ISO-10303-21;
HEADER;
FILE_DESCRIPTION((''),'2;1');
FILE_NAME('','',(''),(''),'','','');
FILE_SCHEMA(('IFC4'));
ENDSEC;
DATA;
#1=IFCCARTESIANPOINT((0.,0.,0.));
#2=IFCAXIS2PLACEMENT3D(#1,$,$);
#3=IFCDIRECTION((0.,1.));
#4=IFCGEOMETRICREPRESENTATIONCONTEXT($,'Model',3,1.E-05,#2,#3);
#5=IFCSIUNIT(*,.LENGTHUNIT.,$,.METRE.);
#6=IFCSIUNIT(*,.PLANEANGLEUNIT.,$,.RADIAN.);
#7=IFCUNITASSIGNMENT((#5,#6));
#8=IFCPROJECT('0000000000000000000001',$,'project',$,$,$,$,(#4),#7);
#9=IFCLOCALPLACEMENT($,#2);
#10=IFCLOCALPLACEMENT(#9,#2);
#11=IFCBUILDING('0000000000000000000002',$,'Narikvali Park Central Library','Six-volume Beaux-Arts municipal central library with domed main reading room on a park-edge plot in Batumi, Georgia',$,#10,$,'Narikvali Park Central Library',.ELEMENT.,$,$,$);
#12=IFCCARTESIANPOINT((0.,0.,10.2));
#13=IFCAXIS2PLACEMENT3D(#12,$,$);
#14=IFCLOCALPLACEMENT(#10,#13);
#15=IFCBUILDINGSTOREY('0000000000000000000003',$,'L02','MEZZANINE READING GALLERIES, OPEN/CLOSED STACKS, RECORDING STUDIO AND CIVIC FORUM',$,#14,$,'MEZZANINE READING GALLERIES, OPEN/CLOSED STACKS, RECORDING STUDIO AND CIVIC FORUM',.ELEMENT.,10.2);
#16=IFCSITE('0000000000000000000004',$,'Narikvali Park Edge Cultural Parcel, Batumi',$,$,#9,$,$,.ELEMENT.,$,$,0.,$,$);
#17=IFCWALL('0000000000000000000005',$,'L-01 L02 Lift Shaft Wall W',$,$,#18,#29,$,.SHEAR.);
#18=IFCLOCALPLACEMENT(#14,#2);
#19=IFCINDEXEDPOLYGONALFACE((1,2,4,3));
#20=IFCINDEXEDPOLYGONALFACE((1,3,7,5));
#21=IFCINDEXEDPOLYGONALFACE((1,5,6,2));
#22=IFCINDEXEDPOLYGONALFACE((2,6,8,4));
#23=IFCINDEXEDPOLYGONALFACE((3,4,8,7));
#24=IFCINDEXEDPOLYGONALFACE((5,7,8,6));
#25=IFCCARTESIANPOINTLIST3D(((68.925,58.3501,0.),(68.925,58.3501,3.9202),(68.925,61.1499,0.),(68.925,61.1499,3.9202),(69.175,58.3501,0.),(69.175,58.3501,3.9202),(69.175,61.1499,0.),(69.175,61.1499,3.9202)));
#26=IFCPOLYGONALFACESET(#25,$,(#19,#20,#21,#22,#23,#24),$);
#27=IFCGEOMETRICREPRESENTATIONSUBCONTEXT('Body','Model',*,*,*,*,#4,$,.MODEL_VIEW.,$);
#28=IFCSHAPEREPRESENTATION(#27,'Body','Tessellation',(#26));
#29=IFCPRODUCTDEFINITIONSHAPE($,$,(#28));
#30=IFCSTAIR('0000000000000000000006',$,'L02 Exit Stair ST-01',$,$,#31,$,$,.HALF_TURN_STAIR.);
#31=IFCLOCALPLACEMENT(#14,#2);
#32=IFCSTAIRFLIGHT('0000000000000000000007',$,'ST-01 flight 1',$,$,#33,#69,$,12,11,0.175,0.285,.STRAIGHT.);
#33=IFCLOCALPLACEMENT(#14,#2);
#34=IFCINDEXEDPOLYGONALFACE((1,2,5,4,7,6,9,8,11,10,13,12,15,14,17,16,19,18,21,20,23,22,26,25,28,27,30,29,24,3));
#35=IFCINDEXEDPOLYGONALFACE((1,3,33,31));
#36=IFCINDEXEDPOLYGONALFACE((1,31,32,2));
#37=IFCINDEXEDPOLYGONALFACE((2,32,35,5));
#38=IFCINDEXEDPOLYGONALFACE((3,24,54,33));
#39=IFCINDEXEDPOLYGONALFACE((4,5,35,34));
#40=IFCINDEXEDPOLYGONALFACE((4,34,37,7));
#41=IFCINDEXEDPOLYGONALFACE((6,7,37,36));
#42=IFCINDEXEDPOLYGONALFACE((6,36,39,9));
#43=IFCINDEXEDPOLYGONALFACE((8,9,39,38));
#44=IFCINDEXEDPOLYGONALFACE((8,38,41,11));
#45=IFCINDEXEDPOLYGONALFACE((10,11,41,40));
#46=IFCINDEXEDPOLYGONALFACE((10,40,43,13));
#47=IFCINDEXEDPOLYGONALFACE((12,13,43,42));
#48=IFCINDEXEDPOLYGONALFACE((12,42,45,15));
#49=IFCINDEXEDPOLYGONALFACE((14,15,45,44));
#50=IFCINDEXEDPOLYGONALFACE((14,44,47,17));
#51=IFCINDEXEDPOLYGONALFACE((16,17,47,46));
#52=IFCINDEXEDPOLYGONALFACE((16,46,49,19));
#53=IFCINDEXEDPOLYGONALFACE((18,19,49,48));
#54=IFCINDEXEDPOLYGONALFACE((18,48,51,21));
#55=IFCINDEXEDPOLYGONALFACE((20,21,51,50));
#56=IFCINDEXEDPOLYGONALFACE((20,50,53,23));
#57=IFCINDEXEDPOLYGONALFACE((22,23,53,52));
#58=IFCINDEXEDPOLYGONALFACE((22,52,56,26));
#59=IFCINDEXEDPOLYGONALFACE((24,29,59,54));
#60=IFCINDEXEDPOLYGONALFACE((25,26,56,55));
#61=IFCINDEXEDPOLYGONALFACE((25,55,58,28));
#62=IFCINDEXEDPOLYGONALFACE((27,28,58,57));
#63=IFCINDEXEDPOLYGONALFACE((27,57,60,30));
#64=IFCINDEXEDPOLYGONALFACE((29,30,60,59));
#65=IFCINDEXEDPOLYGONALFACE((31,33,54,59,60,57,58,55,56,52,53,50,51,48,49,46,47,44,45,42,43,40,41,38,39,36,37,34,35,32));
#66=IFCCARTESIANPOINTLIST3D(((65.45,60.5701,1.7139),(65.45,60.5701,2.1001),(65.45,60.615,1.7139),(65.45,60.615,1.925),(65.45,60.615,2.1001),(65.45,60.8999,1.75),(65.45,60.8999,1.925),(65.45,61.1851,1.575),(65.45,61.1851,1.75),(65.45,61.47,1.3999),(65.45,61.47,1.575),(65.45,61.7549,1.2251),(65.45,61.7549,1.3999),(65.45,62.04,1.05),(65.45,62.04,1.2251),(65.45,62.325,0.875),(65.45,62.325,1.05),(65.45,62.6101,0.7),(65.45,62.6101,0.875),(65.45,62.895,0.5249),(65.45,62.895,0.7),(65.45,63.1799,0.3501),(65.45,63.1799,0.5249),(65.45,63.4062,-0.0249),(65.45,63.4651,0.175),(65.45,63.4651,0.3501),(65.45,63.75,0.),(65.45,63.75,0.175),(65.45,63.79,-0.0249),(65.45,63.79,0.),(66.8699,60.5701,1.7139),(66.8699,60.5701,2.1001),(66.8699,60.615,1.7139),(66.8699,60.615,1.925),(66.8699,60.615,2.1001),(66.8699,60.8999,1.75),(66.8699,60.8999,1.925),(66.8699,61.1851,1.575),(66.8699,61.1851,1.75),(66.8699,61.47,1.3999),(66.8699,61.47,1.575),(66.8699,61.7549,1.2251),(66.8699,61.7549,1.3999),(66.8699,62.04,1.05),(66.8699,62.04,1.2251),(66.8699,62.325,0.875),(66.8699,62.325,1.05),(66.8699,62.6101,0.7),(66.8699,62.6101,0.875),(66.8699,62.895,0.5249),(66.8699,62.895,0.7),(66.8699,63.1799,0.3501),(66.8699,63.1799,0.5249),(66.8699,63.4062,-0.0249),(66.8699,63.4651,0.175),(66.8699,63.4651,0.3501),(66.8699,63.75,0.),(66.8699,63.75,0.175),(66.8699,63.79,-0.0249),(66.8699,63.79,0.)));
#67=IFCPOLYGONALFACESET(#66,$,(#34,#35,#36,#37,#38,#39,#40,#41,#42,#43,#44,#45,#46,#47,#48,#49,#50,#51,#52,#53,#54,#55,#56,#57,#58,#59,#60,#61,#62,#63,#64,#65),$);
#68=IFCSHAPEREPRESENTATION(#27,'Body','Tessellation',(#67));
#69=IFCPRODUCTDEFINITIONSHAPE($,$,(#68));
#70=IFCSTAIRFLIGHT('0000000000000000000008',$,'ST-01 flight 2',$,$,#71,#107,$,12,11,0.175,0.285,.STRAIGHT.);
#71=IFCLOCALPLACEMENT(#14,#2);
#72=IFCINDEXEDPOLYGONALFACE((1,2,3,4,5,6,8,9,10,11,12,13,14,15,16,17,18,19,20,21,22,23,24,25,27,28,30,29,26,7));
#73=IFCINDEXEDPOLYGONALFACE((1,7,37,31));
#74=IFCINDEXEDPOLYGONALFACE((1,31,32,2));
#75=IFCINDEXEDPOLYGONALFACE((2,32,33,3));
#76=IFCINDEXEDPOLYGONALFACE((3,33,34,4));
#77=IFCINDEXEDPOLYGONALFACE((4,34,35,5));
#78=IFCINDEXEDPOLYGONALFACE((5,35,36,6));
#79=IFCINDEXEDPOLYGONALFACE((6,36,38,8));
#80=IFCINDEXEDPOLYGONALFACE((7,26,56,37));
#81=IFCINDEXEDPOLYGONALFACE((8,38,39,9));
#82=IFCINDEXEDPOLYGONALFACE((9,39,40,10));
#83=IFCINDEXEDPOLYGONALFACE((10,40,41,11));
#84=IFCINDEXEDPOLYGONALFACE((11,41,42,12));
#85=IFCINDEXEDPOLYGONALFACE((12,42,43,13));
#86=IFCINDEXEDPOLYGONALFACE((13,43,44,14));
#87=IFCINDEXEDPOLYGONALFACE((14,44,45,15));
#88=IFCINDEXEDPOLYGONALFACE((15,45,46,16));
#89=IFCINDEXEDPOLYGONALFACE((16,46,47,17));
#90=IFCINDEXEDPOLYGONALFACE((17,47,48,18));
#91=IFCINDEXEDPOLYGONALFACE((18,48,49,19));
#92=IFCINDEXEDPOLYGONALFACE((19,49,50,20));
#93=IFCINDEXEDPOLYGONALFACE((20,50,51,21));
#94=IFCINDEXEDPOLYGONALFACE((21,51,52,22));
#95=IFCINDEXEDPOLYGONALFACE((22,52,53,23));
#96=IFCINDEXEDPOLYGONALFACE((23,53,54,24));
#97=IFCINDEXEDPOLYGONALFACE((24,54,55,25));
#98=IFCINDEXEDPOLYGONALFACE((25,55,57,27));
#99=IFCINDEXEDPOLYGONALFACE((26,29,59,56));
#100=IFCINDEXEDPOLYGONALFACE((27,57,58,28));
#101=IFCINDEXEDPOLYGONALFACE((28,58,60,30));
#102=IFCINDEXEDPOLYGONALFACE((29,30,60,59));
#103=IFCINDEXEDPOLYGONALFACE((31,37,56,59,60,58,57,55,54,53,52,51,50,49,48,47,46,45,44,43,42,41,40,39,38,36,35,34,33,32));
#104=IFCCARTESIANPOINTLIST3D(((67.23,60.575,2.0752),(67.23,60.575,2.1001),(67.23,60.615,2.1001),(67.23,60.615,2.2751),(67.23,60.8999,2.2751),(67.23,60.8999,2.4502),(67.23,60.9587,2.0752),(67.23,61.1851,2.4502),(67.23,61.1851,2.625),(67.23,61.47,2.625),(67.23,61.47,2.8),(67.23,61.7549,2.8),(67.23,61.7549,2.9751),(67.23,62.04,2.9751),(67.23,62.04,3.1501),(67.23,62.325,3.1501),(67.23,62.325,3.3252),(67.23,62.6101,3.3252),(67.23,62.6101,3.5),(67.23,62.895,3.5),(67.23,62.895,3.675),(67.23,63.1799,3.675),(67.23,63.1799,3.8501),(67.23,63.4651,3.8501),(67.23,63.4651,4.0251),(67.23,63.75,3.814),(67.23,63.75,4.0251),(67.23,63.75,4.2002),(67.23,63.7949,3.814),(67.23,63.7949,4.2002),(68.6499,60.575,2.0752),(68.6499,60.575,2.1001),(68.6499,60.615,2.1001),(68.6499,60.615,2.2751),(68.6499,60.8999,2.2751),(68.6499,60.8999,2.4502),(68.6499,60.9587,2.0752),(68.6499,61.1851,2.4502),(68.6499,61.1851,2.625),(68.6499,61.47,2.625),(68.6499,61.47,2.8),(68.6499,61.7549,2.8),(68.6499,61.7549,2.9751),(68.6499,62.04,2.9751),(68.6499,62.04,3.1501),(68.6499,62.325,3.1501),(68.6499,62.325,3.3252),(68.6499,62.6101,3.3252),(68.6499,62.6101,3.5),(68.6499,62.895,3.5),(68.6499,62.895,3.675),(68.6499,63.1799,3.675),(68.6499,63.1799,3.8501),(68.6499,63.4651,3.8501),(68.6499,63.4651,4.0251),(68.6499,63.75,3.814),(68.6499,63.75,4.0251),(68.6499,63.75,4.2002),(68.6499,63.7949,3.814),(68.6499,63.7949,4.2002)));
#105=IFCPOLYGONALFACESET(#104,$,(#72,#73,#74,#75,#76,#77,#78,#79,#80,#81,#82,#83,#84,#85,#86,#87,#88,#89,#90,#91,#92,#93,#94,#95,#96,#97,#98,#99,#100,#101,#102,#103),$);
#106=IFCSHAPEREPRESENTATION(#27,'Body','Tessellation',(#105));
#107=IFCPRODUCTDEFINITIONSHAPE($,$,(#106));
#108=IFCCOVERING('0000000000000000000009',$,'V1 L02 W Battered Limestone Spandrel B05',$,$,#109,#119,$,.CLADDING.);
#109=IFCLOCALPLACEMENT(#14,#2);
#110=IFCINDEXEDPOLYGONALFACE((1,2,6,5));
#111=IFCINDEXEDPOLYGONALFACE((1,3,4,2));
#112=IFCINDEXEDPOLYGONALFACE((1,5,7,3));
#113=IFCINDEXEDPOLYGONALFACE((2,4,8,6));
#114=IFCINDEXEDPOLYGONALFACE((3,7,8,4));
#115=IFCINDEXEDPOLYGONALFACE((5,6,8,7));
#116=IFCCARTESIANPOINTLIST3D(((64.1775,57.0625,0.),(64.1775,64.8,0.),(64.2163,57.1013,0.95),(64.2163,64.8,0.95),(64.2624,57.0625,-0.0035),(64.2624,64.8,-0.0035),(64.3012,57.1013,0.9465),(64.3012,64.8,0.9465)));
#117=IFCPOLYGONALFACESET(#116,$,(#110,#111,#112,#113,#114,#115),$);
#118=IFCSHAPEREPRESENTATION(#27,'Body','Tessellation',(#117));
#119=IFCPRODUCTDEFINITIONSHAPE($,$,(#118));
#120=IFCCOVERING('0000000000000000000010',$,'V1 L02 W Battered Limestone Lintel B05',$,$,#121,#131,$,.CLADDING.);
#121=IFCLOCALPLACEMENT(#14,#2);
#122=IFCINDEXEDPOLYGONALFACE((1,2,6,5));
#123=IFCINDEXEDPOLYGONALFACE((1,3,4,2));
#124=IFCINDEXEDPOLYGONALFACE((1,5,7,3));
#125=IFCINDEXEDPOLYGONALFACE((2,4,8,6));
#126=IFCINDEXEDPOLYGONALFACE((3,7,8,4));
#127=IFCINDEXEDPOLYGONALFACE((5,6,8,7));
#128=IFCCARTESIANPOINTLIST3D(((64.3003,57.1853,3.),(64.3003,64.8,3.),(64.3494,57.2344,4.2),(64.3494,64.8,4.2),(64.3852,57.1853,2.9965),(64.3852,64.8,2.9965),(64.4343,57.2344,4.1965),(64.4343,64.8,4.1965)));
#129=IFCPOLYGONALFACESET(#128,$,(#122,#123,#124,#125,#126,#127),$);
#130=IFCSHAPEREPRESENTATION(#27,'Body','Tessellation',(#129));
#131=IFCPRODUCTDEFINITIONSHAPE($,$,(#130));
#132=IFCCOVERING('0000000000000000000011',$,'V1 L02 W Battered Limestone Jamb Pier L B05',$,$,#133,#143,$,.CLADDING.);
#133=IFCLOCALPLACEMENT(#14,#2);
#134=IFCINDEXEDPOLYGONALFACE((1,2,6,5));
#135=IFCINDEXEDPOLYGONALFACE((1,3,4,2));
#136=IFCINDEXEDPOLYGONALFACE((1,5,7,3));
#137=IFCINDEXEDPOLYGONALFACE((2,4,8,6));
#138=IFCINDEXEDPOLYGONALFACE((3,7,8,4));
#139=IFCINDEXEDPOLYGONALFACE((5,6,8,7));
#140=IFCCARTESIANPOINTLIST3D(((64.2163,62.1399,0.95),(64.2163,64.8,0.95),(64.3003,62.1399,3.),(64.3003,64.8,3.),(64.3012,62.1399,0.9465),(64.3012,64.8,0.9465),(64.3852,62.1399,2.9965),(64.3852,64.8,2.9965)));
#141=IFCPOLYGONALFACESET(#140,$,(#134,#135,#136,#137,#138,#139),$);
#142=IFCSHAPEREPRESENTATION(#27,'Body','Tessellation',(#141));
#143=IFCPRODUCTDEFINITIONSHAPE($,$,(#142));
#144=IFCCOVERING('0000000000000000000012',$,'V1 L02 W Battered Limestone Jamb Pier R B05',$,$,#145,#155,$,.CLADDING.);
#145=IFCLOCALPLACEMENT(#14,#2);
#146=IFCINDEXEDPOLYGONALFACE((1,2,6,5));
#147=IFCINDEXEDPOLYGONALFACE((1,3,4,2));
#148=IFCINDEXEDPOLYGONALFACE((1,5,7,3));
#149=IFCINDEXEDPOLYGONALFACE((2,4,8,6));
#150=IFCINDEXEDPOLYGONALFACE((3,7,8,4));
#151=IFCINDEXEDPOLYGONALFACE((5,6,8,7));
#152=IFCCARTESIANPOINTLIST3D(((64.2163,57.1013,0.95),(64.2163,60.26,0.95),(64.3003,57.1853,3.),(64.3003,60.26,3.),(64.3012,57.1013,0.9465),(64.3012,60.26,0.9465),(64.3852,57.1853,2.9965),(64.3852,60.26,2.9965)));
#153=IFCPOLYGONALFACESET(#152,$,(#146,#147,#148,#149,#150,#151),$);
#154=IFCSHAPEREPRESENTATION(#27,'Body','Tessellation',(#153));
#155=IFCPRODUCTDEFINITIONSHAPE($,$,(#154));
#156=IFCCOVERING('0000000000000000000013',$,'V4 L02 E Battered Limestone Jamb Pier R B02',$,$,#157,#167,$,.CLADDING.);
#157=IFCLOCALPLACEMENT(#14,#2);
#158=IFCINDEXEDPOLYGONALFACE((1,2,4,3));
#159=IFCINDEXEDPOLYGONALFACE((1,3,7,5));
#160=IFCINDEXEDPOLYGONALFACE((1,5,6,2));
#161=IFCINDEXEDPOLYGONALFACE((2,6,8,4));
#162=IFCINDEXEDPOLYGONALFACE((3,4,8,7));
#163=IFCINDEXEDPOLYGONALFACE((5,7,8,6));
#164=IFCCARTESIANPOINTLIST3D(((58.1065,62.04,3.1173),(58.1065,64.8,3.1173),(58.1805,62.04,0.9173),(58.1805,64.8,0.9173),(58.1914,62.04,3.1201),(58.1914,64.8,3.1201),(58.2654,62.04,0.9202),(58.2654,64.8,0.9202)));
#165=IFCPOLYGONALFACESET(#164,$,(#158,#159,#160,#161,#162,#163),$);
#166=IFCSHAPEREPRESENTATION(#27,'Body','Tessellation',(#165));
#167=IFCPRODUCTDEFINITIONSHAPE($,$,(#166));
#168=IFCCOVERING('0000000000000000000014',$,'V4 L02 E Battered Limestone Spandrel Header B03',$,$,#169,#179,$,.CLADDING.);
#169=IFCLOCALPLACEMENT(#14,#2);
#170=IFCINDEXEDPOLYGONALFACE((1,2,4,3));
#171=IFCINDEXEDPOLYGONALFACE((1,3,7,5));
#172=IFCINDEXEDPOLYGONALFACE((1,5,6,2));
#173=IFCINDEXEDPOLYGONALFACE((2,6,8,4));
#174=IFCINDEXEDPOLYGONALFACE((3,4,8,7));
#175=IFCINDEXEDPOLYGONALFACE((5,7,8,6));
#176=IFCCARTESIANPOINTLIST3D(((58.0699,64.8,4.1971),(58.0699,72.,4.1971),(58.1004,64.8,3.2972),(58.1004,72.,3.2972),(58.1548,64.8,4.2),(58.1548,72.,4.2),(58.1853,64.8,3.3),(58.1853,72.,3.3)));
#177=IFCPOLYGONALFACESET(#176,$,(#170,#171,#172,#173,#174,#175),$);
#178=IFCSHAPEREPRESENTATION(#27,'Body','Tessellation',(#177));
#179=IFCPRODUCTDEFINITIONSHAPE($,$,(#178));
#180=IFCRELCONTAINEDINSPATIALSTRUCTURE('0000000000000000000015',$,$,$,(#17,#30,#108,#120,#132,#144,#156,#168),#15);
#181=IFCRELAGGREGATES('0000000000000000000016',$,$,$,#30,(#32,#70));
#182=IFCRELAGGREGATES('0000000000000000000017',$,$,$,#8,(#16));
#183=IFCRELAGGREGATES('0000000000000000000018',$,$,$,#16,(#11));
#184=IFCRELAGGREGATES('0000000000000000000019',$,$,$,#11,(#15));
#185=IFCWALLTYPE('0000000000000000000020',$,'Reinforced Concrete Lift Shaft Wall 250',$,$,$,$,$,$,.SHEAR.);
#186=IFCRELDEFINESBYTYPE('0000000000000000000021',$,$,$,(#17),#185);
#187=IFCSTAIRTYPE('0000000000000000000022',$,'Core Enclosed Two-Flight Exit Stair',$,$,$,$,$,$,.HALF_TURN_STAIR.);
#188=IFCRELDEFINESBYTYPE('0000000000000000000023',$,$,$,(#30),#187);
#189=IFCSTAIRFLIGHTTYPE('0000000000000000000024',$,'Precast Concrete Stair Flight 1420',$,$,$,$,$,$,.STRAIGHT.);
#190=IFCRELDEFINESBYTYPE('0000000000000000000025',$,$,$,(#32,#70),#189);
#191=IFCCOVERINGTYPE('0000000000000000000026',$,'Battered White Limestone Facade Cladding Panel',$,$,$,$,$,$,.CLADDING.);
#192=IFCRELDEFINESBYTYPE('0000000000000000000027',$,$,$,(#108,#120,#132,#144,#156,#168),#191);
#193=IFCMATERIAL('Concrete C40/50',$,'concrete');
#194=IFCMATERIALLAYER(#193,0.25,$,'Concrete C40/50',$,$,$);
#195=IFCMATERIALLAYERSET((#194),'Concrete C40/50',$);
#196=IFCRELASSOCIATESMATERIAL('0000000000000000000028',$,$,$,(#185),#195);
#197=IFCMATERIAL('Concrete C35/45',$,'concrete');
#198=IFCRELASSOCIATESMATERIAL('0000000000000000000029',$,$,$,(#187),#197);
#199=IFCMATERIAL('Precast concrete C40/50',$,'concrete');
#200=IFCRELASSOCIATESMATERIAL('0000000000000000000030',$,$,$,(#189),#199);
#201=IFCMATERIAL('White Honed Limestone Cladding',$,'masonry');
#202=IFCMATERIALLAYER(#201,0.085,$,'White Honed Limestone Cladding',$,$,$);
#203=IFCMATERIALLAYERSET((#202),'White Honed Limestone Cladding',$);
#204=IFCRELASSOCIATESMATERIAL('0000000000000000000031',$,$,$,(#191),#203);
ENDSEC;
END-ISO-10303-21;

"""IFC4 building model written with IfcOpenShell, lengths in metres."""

from ifc_helpers import new_model, si_unit, direction, frame, frame_2d, origin, place, context, subcontext, project, spatial, polyline, rectangle, outline, extrude, material, layer, layer_set, type_object, element, aggregate, save


model = new_model("IFC4")

# Units and contexts
model_context = context("Model", 3, precision=1e-05, world=origin(), true_north=direction((0.0, 1.0)))
body_context = subcontext(model_context, "Body", "Model", "MODEL_VIEW")
ifc_project = project(units=[si_unit("LENGTHUNIT", "METRE"), si_unit("PLANEANGLEUNIT", "RADIAN")], contexts=[model_context])

# Site, building, storey
site_placement = place(None, origin())
site = spatial("IfcSite", under=ifc_project, at=site_placement, Name="Narikvali Park Edge Cultural Parcel, Batumi", CompositionType="ELEMENT", RefElevation=0.0)
building_placement = place(site_placement, origin())
building = spatial("IfcBuilding", under=site, at=building_placement, Name="Narikvali Park Central Library", Description="Six-volume Beaux-Arts municipal central library with domed main reading room on a park-edge plot in Batumi, Georgia", LongName="Narikvali Park Central Library", CompositionType="ELEMENT")
storey_placement = place(building_placement, frame((0.0, 0.0, 10.2)))
storey = spatial("IfcBuildingStorey", under=building, at=storey_placement, Name="L02", Description="MEZZANINE READING GALLERIES, OPEN/CLOSED STACKS, RECORDING STUDIO AND CIVIC FORUM", LongName="MEZZANINE READING GALLERIES, OPEN/CLOSED STACKS, RECORDING STUDIO AND CIVIC FORUM", CompositionType="ELEMENT", Elevation=10.2)

# Shared definitions
ifc_material_1 = material(Name="Concrete C40/50", Category="concrete")
ifc_layer_1 = layer(ifc_material_1, 0.25, Name="Concrete C40/50")
ifc_layer_set_1 = layer_set([ifc_layer_1], Name="Concrete C40/50")
wall_type = type_object("IfcWallType", Name="Reinforced Concrete Lift Shaft Wall 250", PredefinedType="SHEAR", material=ifc_layer_set_1)

# Wall
wall_1_placement = place(storey_placement, frame((69.05, 61.1499, 0.0), z_axis=(0.0, 0.0, 1.0), x_axis=(0.0, -1.0, 0.0)))
element("IfcWall", 1, at=wall_1_placement, inside=storey, type_object=wall_type, Name="L-01 L02 Lift Shaft Wall W", PredefinedType="SHEAR", context=body_context, shape_type="SweptSolid", body=[
    extrude(rectangle(XDim=2.7998, YDim=0.25, at=frame_2d((1.3999, 0.0))), origin(), (0.0, 0.0, 1.0), 3.9202),
])

# Stair, stair flights
ifc_material_2 = material(Name="Concrete C35/45", Category="concrete")
stair_type = type_object("IfcStairType", Name="Core Enclosed Two-Flight Exit Stair", PredefinedType="HALF_TURN_STAIR", material=ifc_material_2)
stair_placement = place(storey_placement, origin())
stair = element("IfcStair", 2, at=stair_placement, inside=storey, type_object=stair_type, Name="L02 Exit Stair ST-01", PredefinedType="HALF_TURN_STAIR")
ifc_material_3 = material(Name="Precast concrete C40/50", Category="concrete")
stair_flight_type = type_object("IfcStairFlightType", Name="Precast Concrete Stair Flight 1420", PredefinedType="STRAIGHT", material=ifc_material_3)
stair_flight_1_placement = place(storey_placement, frame((66.1599, 63.75, 0.0), z_axis=(0.0, 0.0, 1.0), x_axis=(0.0, -1.0, 0.0)))
stair_flight_1 = element("IfcStairFlight", 3, at=stair_flight_1_placement, type_object=stair_flight_type, Name="ST-01 flight 1", NumberOfRisers=12, NumberOfTreads=11, PredefinedType="STRAIGHT", RiserHeight=0.175, TreadLength=0.285, context=body_context, shape_type="SweptSolid", body=[
    extrude(outline(polyline([(-0.04, -0.0249), (-0.04, 0.0), (0.0, 0.0), (0.0, 0.175), (0.2849, 0.175), (0.2849, 0.3501), (0.5701, 0.3501), (0.5701, 0.5249), (0.855, 0.5249), (0.855, 0.7), (1.1399, 0.7), (1.1399, 0.875), (1.425, 0.875), (1.425, 1.05), (1.71, 1.05), (1.71, 1.2251), (1.9951, 1.2251), (1.9951, 1.3999), (2.28, 1.3999), (2.28, 1.575), (2.5649, 1.575), (2.5649, 1.75), (2.8501, 1.75), (2.8501, 1.925), (3.135, 1.925), (3.135, 2.1001), (3.1799, 2.1001), (3.1799, 1.7139), (3.135, 1.7139), (0.3438, -0.0249), (-0.04, -0.0249)])), frame((0.0, 0.71, 0.0), z_axis=(0.0, -1.0, 0.0), x_axis=(1.0, 0.0, 0.0)), (0.0, 0.0, 1.0), 1.4199),
])
stair_flight_2_placement = place(storey_placement, frame((67.9399, 60.615, 2.1001), z_axis=(0.0, 0.0, 1.0), x_axis=(0.0, 1.0, 0.0)))
stair_flight_2 = element("IfcStairFlight", 4, at=stair_flight_2_placement, type_object=stair_flight_type, Name="ST-01 flight 2", NumberOfRisers=12, NumberOfTreads=11, PredefinedType="STRAIGHT", RiserHeight=0.175, TreadLength=0.285, context=body_context, shape_type="SweptSolid", body=[
    extrude(outline(polyline([(-0.04, -0.0249), (-0.04, 0.0), (0.0, 0.0), (0.0, 0.175), (0.2849, 0.175), (0.2849, 0.3501), (0.5701, 0.3501), (0.5701, 0.5249), (0.855, 0.5249), (0.855, 0.7), (1.1399, 0.7), (1.1399, 0.875), (1.425, 0.875), (1.425, 1.05), (1.71, 1.05), (1.71, 1.2251), (1.9951, 1.2251), (1.9951, 1.3999), (2.28, 1.3999), (2.28, 1.575), (2.5649, 1.575), (2.5649, 1.75), (2.8501, 1.75), (2.8501, 1.925), (3.135, 1.925), (3.135, 2.1001), (3.1799, 2.1001), (3.1799, 1.7139), (3.135, 1.7139), (0.3438, -0.0249), (-0.04, -0.0249)])), frame((0.0, 0.71, 0.0), z_axis=(0.0, -1.0, 0.0), x_axis=(1.0, 0.0, 0.0)), (0.0, 0.0, 1.0), 1.4199),
])
aggregate(stair, [stair_flight_1, stair_flight_2])

# Coverings
ifc_material_4 = material(Name="White Honed Limestone Cladding", Category="masonry")
ifc_layer_2 = layer(ifc_material_4, 0.085, Name="White Honed Limestone Cladding")
ifc_layer_set_2 = layer_set([ifc_layer_2], Name="White Honed Limestone Cladding")
covering_type = type_object("IfcCoveringType", Name="Battered White Limestone Facade Cladding Panel", PredefinedType="CLADDING", material=ifc_layer_set_2)
covering_1_placement = place(storey_placement, frame((64.1775, 64.8, 0.0), z_axis=(-0.999166, 0.0, 0.040829), x_axis=(0.0, -1.0, 0.0)))
element("IfcCovering", 5, at=covering_1_placement, inside=storey, type_object=covering_type, Name="V1 L02 W Battered Limestone Spandrel B05", PredefinedType="CLADDING", context=body_context, shape_type="SweptSolid", body=[
    extrude(outline(polyline([(0.0, 0.0), (7.7375, 0.0), (7.6987, 0.9507), (0.0, 0.9507), (0.0, 0.0)])), origin(), (0.0, 0.0, -1.0), 0.085),
])
covering_2_placement = place(storey_placement, frame((64.3003, 64.8, 3.0), z_axis=(-0.999165, 0.0, 0.040861), x_axis=(0.0, -1.0, 0.0)))
element("IfcCovering", 6, at=covering_2_placement, inside=storey, type_object=covering_type, Name="V1 L02 W Battered Limestone Lintel B05", PredefinedType="CLADDING", context=body_context, shape_type="SweptSolid", body=[
    extrude(outline(polyline([(0.0, 0.0), (7.6147, 0.0), (7.5657, 1.201), (0.0, 1.201), (0.0, 0.0)])), origin(), (0.0, 0.0, -1.0), 0.085),
])
covering_3_placement = place(storey_placement, frame((64.2163, 64.8, 0.95), z_axis=(-0.999162, 0.0, 0.040933), x_axis=(0.0, -1.0, 0.0)))
element("IfcCovering", 7, at=covering_3_placement, inside=storey, type_object=covering_type, Name="V1 L02 W Battered Limestone Jamb Pier L B05", PredefinedType="CLADDING", context=body_context, shape_type="SweptSolid", body=[
    extrude(outline(polyline([(0.0, 0.0), (2.6602, 0.0), (2.6602, 2.0518), (0.0, 2.0518), (0.0, 0.0)])), origin(), (0.0, 0.0, -1.0), 0.085),
])
covering_4_placement = place(storey_placement, frame((64.2163, 60.26, 0.95), z_axis=(-0.999162, 0.0, 0.040933), x_axis=(0.0, -1.0, 0.0)))
element("IfcCovering", 8, at=covering_4_placement, inside=storey, type_object=covering_type, Name="V1 L02 W Battered Limestone Jamb Pier R B05", PredefinedType="CLADDING", context=body_context, shape_type="SweptSolid", body=[
    extrude(outline(polyline([(0.0, 0.0), (3.1587, 0.0), (3.0747, 2.0518), (0.0, 2.0518), (0.0, 0.0)])), origin(), (0.0, 0.0, -1.0), 0.085),
])
covering_5_placement = place(storey_placement, frame((58.2654, 62.04, 0.9202), z_axis=(0.999435, 0.0, 0.033607), x_axis=(0.0, 1.0, 0.0)))
element("IfcCovering", 9, at=covering_5_placement, inside=storey, type_object=covering_type, Name="V4 L02 E Battered Limestone Jamb Pier R B02", PredefinedType="CLADDING", context=body_context, shape_type="SweptSolid", body=[
    extrude(outline(polyline([(0.0, 0.0), (2.76, 0.0), (2.76, 2.2012), (0.0, 2.2012), (0.0, 0.0)])), origin(), (0.0, 0.0, -1.0), 0.085),
])
covering_6_placement = place(storey_placement, frame((58.1853, 64.8, 3.3), z_axis=(0.999425, 0.0, 0.033893), x_axis=(0.0, 1.0, 0.0)))
element("IfcCovering", 10, at=covering_6_placement, inside=storey, type_object=covering_type, Name="V4 L02 E Battered Limestone Spandrel Header B03", PredefinedType="CLADDING", context=body_context, shape_type="SweptSolid", body=[
    extrude(outline(polyline([(0.0, 0.0), (7.2, 0.0), (7.2, 0.9004), (0.0, 0.9004), (0.0, 0.0)])), origin(), (0.0, 0.0, -1.0), 0.085),
])

save(model, "model.ifc")
